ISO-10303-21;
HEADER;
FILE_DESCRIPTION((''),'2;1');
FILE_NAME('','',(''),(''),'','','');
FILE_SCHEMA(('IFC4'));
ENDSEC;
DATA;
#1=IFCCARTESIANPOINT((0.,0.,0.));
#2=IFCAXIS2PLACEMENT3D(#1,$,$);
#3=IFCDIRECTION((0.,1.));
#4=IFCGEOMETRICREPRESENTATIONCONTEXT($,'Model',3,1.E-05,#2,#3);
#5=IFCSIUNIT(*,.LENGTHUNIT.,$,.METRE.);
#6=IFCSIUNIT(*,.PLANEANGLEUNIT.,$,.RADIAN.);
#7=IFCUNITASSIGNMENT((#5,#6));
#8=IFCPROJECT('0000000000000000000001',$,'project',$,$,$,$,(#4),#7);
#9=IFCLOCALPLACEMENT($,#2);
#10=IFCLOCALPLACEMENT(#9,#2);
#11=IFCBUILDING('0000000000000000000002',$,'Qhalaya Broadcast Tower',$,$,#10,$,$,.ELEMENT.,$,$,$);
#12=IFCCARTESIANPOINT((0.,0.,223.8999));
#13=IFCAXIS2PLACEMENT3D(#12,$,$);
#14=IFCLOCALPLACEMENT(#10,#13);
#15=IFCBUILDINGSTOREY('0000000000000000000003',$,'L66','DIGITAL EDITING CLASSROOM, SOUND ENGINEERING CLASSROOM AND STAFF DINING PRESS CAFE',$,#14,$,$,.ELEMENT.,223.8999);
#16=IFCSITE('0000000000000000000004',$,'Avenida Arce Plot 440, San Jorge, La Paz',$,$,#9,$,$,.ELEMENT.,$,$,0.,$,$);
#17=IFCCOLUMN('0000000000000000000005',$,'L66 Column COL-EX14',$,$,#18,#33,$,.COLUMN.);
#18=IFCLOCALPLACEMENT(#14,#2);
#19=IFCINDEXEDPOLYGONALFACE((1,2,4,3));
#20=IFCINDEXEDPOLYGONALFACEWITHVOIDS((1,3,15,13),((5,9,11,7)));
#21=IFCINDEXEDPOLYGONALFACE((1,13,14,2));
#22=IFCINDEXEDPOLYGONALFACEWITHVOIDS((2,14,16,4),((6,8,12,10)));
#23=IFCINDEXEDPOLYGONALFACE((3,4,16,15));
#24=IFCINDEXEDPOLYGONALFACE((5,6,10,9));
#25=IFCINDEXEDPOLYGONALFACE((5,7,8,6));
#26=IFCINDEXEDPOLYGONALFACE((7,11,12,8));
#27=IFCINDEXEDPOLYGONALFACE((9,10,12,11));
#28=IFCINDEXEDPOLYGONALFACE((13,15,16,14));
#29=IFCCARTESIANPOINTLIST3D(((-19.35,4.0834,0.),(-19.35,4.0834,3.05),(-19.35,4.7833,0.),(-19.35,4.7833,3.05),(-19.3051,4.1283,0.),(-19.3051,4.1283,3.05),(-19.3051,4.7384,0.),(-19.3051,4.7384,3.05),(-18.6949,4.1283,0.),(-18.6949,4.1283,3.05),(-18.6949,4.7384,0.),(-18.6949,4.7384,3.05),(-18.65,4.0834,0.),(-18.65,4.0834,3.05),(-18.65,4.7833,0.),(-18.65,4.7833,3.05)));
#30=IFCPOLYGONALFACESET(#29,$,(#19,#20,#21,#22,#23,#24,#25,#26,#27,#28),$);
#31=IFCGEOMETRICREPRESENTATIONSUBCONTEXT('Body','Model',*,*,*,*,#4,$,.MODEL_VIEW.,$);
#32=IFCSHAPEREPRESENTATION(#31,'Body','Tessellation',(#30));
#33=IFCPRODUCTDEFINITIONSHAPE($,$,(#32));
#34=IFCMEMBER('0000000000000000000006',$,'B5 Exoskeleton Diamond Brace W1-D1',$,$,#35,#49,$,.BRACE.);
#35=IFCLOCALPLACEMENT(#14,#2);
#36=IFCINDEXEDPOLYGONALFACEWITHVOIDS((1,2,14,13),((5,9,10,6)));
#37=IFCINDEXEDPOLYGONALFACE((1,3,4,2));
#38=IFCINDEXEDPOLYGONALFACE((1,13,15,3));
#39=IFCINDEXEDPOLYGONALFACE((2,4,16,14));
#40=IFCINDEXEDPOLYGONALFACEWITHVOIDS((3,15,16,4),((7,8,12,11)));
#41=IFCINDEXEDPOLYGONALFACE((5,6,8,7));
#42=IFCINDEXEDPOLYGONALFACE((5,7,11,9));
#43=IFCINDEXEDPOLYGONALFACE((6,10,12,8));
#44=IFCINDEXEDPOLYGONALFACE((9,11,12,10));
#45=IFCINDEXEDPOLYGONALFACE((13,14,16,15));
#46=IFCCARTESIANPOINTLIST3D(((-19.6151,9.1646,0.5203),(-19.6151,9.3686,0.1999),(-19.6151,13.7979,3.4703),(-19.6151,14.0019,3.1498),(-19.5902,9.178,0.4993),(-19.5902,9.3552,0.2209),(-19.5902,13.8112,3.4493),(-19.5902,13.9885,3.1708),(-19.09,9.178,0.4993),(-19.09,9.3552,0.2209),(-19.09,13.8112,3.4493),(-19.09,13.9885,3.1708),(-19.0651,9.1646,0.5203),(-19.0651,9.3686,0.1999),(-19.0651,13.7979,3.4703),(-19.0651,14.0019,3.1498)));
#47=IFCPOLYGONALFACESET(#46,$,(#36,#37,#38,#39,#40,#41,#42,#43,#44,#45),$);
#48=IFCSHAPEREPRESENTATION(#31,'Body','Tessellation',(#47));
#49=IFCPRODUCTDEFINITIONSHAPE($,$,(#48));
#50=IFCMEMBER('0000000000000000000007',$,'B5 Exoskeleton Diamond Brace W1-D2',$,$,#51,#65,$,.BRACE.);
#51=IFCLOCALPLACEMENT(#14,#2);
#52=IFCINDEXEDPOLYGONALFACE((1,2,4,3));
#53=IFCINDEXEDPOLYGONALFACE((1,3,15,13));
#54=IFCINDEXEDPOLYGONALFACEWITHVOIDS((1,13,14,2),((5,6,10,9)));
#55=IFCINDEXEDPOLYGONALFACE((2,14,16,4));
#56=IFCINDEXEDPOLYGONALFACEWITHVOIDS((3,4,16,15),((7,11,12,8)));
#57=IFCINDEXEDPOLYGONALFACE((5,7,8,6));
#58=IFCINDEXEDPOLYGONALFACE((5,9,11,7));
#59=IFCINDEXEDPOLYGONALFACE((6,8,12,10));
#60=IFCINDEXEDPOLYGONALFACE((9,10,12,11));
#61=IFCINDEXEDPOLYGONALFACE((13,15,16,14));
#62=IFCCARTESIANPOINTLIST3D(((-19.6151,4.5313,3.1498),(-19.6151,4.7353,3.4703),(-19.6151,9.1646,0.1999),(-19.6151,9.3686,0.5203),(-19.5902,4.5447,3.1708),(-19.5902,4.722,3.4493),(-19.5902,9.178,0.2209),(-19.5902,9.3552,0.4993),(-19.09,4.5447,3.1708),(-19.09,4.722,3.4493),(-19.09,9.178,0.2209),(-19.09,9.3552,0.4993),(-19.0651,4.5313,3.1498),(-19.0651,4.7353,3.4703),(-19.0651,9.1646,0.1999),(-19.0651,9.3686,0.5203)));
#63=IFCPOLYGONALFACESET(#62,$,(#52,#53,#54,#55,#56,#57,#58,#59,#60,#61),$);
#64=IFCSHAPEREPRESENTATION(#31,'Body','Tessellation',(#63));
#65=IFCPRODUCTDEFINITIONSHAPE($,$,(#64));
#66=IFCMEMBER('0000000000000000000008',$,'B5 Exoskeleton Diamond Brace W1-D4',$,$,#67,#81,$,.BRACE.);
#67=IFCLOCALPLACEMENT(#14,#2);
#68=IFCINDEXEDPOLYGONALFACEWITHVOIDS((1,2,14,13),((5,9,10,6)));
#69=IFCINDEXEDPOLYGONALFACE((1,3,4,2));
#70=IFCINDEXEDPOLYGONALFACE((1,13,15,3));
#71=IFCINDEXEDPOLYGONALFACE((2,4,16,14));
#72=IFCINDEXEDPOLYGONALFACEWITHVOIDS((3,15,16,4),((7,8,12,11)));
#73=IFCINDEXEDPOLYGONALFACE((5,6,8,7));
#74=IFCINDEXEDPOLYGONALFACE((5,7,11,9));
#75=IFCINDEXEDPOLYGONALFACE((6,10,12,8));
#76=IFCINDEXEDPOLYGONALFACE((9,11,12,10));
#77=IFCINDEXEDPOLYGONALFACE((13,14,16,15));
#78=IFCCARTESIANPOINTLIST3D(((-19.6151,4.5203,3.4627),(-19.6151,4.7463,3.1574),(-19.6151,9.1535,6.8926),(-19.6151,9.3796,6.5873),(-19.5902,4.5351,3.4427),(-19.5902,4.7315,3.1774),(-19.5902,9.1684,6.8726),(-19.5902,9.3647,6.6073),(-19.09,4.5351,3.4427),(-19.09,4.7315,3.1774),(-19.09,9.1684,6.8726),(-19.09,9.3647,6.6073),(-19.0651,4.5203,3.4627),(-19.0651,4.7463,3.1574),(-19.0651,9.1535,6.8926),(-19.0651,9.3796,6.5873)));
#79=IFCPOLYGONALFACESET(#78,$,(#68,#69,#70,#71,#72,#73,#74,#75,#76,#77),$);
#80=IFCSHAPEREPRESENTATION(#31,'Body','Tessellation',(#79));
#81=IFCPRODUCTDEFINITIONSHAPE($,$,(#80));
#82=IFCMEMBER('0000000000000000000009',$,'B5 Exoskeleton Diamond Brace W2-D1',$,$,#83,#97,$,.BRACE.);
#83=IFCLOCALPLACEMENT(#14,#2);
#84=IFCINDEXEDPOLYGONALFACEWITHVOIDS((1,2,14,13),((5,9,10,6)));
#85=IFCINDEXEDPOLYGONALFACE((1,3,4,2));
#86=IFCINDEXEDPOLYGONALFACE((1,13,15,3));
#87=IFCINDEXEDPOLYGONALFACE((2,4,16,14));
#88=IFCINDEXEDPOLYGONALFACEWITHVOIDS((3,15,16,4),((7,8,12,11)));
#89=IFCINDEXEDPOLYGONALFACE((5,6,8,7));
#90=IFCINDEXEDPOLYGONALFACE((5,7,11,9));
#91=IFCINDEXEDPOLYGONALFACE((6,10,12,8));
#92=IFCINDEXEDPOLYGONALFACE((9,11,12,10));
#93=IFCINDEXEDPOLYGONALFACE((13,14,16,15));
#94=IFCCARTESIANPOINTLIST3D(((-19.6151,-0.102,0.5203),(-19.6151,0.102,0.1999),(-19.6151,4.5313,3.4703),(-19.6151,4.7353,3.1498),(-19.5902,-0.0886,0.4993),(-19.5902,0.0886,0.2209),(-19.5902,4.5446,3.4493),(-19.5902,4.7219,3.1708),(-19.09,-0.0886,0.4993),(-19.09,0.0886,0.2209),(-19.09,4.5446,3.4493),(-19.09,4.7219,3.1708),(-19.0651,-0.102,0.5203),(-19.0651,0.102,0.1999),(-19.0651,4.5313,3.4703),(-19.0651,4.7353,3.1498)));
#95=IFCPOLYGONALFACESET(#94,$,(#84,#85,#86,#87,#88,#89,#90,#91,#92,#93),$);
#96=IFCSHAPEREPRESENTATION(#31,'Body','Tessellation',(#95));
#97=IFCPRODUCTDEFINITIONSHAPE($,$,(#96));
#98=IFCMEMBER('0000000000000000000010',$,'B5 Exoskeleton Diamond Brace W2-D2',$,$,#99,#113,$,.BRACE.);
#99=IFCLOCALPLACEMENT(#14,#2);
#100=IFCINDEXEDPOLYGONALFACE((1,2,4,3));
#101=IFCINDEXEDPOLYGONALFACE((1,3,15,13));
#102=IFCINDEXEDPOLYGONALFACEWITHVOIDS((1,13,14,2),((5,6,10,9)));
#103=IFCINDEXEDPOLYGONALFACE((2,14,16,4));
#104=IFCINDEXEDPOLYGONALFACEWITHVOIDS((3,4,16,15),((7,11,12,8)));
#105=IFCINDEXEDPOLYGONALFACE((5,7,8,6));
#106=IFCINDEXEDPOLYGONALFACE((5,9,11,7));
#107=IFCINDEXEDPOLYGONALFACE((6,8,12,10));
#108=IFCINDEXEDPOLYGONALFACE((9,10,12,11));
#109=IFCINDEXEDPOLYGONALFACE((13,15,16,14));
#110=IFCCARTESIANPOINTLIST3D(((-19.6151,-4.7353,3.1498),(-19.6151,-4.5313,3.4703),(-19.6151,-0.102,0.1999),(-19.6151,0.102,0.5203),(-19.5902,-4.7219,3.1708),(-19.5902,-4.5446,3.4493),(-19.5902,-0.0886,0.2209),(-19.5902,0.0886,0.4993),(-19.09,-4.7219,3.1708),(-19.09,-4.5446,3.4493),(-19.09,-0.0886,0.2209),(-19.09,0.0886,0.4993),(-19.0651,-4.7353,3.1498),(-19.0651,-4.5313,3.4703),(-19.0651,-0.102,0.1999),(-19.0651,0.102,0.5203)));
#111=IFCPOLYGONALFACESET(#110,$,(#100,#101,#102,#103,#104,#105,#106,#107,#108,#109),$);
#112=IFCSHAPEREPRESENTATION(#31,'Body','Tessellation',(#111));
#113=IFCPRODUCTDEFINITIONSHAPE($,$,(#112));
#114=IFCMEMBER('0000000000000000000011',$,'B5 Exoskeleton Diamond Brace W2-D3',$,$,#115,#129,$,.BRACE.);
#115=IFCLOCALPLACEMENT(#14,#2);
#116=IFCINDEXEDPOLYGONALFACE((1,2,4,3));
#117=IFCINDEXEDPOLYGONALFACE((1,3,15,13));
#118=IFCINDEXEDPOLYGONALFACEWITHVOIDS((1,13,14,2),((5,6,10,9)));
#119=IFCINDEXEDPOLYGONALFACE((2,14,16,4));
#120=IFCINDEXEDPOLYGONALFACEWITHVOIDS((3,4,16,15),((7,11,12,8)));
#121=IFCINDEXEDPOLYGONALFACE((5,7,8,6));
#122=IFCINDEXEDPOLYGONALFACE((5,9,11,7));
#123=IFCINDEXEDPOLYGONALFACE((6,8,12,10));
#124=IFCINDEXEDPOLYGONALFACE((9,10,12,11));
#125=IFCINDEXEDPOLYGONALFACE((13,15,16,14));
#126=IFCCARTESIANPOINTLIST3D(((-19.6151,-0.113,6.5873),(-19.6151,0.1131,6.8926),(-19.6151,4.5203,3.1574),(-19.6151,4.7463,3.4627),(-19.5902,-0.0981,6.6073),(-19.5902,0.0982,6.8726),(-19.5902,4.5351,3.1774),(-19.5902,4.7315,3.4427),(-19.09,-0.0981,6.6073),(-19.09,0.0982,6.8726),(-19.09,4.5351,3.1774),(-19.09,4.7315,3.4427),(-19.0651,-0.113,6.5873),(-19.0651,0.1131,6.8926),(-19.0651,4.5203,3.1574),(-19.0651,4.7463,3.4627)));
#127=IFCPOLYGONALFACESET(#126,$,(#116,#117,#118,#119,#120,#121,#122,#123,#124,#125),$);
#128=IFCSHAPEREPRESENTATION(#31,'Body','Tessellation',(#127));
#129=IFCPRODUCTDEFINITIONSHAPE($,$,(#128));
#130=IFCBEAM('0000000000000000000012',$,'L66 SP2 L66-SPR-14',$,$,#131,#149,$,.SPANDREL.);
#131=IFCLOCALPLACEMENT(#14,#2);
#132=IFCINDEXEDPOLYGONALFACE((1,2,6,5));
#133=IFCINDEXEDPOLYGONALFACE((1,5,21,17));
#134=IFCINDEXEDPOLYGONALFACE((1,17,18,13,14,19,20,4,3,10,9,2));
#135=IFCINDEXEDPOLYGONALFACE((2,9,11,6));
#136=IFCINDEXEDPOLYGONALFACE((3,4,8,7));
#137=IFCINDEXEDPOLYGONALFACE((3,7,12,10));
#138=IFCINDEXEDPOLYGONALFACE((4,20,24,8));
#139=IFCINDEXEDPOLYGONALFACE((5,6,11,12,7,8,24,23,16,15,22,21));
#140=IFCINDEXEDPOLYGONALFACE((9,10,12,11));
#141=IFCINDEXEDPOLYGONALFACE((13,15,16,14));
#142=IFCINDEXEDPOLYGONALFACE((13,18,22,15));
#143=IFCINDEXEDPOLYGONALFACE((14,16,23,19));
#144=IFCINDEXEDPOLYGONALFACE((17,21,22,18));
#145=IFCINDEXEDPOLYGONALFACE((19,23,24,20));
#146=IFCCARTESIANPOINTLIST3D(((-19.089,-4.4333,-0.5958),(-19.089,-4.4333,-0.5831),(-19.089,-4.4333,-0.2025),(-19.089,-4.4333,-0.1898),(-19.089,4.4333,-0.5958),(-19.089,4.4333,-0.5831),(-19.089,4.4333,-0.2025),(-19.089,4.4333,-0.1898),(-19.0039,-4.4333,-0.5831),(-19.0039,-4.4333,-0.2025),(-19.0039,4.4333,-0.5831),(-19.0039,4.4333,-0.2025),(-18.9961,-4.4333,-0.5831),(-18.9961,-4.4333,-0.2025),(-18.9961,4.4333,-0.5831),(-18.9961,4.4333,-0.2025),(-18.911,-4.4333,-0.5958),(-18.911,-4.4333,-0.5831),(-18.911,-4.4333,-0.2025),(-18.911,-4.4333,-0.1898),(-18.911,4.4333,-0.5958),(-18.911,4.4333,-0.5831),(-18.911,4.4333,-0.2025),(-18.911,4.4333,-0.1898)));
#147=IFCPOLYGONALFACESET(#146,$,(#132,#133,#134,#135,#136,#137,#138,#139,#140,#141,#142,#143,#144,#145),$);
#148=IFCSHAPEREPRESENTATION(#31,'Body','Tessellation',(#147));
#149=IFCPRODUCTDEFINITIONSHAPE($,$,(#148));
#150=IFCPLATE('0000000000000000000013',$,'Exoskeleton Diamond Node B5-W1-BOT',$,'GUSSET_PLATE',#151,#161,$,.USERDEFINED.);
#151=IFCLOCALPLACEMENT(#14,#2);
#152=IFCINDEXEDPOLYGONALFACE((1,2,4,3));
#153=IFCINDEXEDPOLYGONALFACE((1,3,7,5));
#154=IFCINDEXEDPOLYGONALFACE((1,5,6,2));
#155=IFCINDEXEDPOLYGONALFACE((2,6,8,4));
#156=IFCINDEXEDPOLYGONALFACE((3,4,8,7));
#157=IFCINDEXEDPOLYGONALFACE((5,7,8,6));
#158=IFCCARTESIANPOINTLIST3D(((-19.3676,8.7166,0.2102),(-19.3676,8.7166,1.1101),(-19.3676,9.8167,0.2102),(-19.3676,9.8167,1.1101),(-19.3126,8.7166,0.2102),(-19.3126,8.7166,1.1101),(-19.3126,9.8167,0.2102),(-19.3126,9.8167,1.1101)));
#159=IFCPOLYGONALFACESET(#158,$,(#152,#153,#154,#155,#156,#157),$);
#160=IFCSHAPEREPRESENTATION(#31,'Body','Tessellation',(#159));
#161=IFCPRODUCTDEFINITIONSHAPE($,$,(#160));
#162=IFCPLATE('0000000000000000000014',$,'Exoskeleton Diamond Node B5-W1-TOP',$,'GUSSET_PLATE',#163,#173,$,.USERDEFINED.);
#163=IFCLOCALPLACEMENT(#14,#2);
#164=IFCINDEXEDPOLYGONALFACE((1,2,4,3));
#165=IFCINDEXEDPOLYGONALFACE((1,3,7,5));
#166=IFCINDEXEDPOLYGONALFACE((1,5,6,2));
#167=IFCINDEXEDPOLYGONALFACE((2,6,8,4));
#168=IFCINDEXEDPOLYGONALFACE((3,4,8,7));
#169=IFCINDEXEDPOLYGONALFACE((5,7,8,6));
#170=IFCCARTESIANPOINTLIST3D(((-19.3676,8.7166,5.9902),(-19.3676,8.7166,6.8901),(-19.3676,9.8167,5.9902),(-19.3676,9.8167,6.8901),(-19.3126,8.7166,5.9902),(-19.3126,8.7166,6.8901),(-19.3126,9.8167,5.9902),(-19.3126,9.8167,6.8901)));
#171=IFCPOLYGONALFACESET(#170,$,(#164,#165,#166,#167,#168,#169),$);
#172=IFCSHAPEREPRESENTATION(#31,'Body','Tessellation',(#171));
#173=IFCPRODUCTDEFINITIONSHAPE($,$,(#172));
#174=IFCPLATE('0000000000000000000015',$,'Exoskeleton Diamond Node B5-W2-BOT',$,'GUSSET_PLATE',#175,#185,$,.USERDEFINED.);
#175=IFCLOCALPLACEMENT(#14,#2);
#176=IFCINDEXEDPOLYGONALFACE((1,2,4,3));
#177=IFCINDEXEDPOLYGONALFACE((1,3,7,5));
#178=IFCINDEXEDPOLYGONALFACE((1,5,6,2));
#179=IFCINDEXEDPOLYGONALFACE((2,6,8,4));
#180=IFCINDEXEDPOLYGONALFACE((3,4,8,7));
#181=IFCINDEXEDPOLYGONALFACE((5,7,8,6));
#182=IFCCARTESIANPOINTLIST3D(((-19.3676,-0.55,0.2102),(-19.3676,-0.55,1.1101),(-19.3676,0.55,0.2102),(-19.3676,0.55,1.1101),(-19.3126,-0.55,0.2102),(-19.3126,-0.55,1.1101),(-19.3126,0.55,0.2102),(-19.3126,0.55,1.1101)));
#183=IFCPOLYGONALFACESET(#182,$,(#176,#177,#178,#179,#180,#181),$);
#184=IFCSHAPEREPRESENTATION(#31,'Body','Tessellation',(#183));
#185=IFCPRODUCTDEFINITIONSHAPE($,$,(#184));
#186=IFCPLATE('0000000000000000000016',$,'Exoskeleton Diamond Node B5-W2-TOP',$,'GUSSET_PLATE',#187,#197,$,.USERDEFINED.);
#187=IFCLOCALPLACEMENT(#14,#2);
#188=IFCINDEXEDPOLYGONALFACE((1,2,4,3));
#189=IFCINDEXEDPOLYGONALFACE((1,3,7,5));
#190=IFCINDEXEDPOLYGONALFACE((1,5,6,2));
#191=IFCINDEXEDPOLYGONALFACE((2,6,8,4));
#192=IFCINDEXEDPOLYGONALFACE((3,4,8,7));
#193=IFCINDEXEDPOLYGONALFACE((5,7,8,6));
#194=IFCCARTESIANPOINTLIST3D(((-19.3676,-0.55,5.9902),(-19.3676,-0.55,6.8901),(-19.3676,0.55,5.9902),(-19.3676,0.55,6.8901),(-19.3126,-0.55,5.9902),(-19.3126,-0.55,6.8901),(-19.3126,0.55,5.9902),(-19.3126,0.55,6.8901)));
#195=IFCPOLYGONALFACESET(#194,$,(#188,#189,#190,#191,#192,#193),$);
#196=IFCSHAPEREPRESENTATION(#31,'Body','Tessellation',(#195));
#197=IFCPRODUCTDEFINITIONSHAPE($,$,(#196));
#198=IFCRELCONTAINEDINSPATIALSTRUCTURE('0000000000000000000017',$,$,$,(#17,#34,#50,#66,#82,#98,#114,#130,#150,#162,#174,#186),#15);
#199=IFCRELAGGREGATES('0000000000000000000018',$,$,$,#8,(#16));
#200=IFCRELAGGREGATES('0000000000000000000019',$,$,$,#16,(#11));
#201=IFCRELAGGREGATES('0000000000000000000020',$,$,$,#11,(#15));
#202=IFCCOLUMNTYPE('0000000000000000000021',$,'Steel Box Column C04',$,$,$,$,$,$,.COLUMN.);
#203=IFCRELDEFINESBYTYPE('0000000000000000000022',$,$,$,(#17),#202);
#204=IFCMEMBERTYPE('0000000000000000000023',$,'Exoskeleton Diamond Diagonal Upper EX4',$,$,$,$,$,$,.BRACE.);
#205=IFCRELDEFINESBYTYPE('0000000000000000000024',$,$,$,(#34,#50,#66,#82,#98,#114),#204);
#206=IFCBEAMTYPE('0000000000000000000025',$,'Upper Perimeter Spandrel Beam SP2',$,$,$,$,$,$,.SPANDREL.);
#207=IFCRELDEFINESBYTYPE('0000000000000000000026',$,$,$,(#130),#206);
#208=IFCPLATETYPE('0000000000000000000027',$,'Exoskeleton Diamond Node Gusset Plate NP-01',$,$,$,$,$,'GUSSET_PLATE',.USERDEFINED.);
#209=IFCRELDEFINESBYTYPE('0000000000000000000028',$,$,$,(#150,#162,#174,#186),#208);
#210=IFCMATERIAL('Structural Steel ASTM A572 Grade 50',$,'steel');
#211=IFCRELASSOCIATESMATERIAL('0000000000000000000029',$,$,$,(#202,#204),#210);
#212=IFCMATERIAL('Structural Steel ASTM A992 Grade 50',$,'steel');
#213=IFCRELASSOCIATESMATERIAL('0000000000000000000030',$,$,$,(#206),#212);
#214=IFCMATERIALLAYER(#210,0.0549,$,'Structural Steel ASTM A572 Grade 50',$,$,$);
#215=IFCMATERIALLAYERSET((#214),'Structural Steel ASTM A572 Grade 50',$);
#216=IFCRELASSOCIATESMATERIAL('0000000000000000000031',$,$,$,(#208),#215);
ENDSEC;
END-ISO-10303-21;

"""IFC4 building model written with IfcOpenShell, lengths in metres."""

from ifc_helpers import new_model, si_unit, direction, frame, origin, origin_2d, place, context, subcontext, project, spatial, rectangle, hollow_rectangle, i_section, extrude, material, layer, layer_set, material_profile, profile_set, type_object, element, save


model = new_model("IFC4")

# Units and contexts
model_context = context("Model", 3, precision=1e-05, world=origin(), true_north=direction((0.0, 1.0)))
body_context = subcontext(model_context, "Body", "Model", "MODEL_VIEW")
ifc_project = project(units=[si_unit("LENGTHUNIT", "METRE"), si_unit("PLANEANGLEUNIT", "RADIAN")], contexts=[model_context])

# Site, building, storey
site_placement = place(None, origin())
site = spatial("IfcSite", under=ifc_project, at=site_placement, Name="Avenida Arce Plot 440, San Jorge, La Paz", CompositionType="ELEMENT", RefElevation=0.0)
building_placement = place(site_placement, origin())
building = spatial("IfcBuilding", under=site, at=building_placement, Name="Qhalaya Broadcast Tower", CompositionType="ELEMENT")
storey_placement = place(building_placement, frame((0.0, 0.0, 223.8999)))
storey = spatial("IfcBuildingStorey", under=building, at=storey_placement, Name="L66", Description="DIGITAL EDITING CLASSROOM, SOUND ENGINEERING CLASSROOM AND STAFF DINING PRESS CAFE", CompositionType="ELEMENT", Elevation=223.8999)

# Column
ifc_material_1 = material(Name="Structural Steel ASTM A572 Grade 50", Category="steel")
ifc_material_profile_1 = material_profile(ifc_material_1, hollow_rectangle(XDim=0.7, YDim=0.7, WallThickness=0.0449, at=origin_2d()), Name="BOX 700x700x45")
ifc_profile_set_1 = profile_set([ifc_material_profile_1], Name="Structural Steel ASTM A572 Grade 50")
column_type = type_object("IfcColumnType", Name="Steel Box Column C04", PredefinedType="COLUMN", material=ifc_profile_set_1)
column_placement = place(storey_placement, frame((-19.0, 4.4333, 0.0), z_axis=(0.0, 0.0, 1.0), x_axis=(0.0, 1.0, 0.0)))
element("IfcColumn", 1, at=column_placement, inside=storey, type_object=column_type, Name="L66 Column COL-EX14", PredefinedType="COLUMN", context=body_context, shape_type="SweptSolid", body=[
    extrude(hollow_rectangle(XDim=0.7, YDim=0.7, WallThickness=0.0449, at=origin_2d()), origin(), (0.0, 0.0, 1.0), 3.05),
])

# Members
ifc_material_profile_2 = material_profile(ifc_material_1, hollow_rectangle(XDim=0.3799, YDim=0.55, WallThickness=0.0249, at=origin_2d()), Name="BOX 380x550x25")
ifc_profile_set_2 = profile_set([ifc_material_profile_2], Name="Structural Steel ASTM A572 Grade 50")
member_type = type_object("IfcMemberType", Name="Exoskeleton Diamond Diagonal Upper EX4", PredefinedType="BRACE", material=ifc_profile_set_2)
for number, where, z_axis, x_axis, name in (
    (2, (-19.3401, 9.2666, 0.3601), (0.0, 0.843539, 0.537068), (0.0, -0.537068, 0.843539), "B5 Exoskeleton Diamond Brace W1-D1"),
    (3, (-19.3401, 9.2666, 0.3601), (0.0, -0.843539, 0.537068), (0.0, 0.537068, 0.843539), "B5 Exoskeleton Diamond Brace W1-D2"),
):
    element("IfcMember", number, at=place(storey_placement, frame(where, z_axis=z_axis, x_axis=x_axis)), inside=storey, type_object=member_type, Name=name, PredefinedType="BRACE", context=body_context, shape_type="SweptSolid", body=[
        extrude(hollow_rectangle(XDim=0.3799, YDim=0.55, WallThickness=0.0249, at=origin_2d()), origin(), (0.0, 0.0, 1.0), 5.4927),
    ])
member_1_placement = place(storey_placement, frame((-19.3401, 4.6333, 3.3101), z_axis=(0.0, 0.803735, 0.594987), x_axis=(0.0, -0.594987, 0.803735)))
element("IfcMember", 4, at=member_1_placement, inside=storey, type_object=member_type, Name="B5 Exoskeleton Diamond Brace W1-D4", PredefinedType="BRACE", context=body_context, shape_type="SweptSolid", body=[
    extrude(hollow_rectangle(XDim=0.3799, YDim=0.55, WallThickness=0.0249, at=origin_2d()), origin(), (0.0, 0.0, 1.0), 5.7646),
])
for number, where, z_axis, x_axis, name in (
    (5, (-19.3401, 0.0, 0.3601), (0.0, 0.843539, 0.537068), (0.0, -0.537068, 0.843539), "B5 Exoskeleton Diamond Brace W2-D1"),
    (6, (-19.3401, 0.0, 0.3601), (0.0, -0.843539, 0.537068), (0.0, 0.537068, 0.843539), "B5 Exoskeleton Diamond Brace W2-D2"),
):
    element("IfcMember", number, at=place(storey_placement, frame(where, z_axis=z_axis, x_axis=x_axis)), inside=storey, type_object=member_type, Name=name, PredefinedType="BRACE", context=body_context, shape_type="SweptSolid", body=[
        extrude(hollow_rectangle(XDim=0.3799, YDim=0.55, WallThickness=0.0249, at=origin_2d()), origin(), (0.0, 0.0, 1.0), 5.4927),
    ])
member_2_placement = place(storey_placement, frame((-19.3401, 4.6333, 3.3101), z_axis=(0.0, -0.803735, 0.594987), x_axis=(0.0, 0.594987, 0.803735)))
element("IfcMember", 7, at=member_2_placement, inside=storey, type_object=member_type, Name="B5 Exoskeleton Diamond Brace W2-D3", PredefinedType="BRACE", context=body_context, shape_type="SweptSolid", body=[
    extrude(hollow_rectangle(XDim=0.3799, YDim=0.55, WallThickness=0.0249, at=origin_2d()), origin(), (0.0, 0.0, 1.0), 5.7646),
])

# Beam
ifc_material_2 = material(Name="Structural Steel ASTM A992 Grade 50", Category="steel")
ifc_material_profile_3 = material_profile(ifc_material_2, i_section(OverallWidth=0.178, OverallDepth=0.406, WebThickness=0.0078, FlangeThickness=0.0127, at=origin_2d()), Name="W16X40")
ifc_profile_set_3 = profile_set([ifc_material_profile_3], Name="Structural Steel ASTM A992 Grade 50")
beam_type = type_object("IfcBeamType", Name="Upper Perimeter Spandrel Beam SP2", PredefinedType="SPANDREL", material=ifc_profile_set_3)
beam_placement = place(storey_placement, frame((-19.0, 4.4333, -0.3928), z_axis=(0.0, -1.0, 0.0), x_axis=(1.0, 0.0, 0.0)))
element("IfcBeam", 8, at=beam_placement, inside=storey, type_object=beam_type, Name="L66 SP2 L66-SPR-14", PredefinedType="SPANDREL", context=body_context, shape_type="SweptSolid", body=[
    extrude(i_section(OverallWidth=0.178, OverallDepth=0.406, WebThickness=0.0078, FlangeThickness=0.0127, at=origin_2d()), origin(), (0.0, 0.0, 1.0), 8.8667),
])

# Plates
ifc_layer_1 = layer(ifc_material_1, 0.0549, Name="Structural Steel ASTM A572 Grade 50")
ifc_layer_set_1 = layer_set([ifc_layer_1], Name="Structural Steel ASTM A572 Grade 50")
plate_type_1 = type_object("IfcPlateType", Name="Exoskeleton Diamond Node Gusset Plate NP-01", ElementType="GUSSET_PLATE", PredefinedType="USERDEFINED", material=ifc_layer_set_1)
for number, where, z_axis, x_axis, name in (
    (9, (-19.3401, 9.2666, 0.2102), (0.0, 0.0, 1.0), (0.0, 1.0, 0.0), "Exoskeleton Diamond Node B5-W1-BOT"),
    (10, (-19.3401, 9.2666, 5.9902), (0.0, 0.0, 1.0), (0.0, 1.0, 0.0), "Exoskeleton Diamond Node B5-W1-TOP"),
    (11, (-19.3401, 0.0, 0.2102), (0.0, 0.0, 1.0), (0.0, 1.0, 0.0), "Exoskeleton Diamond Node B5-W2-BOT"),
    (12, (-19.3401, 0.0, 5.9902), (0.0, 0.0, 1.0), (0.0, 1.0, 0.0), "Exoskeleton Diamond Node B5-W2-TOP"),
):
    element("IfcPlate", number, at=place(storey_placement, frame(where, z_axis=z_axis, x_axis=x_axis)), inside=storey, type_object=plate_type_1, Name=name, ObjectType="GUSSET_PLATE", PredefinedType="USERDEFINED", context=body_context, shape_type="SweptSolid", body=[
        extrude(rectangle(XDim=1.1001, YDim=0.0549, at=origin_2d()), origin(), (0.0, 0.0, 1.0), 0.8999),
    ])

save(model, "model.ifc")
